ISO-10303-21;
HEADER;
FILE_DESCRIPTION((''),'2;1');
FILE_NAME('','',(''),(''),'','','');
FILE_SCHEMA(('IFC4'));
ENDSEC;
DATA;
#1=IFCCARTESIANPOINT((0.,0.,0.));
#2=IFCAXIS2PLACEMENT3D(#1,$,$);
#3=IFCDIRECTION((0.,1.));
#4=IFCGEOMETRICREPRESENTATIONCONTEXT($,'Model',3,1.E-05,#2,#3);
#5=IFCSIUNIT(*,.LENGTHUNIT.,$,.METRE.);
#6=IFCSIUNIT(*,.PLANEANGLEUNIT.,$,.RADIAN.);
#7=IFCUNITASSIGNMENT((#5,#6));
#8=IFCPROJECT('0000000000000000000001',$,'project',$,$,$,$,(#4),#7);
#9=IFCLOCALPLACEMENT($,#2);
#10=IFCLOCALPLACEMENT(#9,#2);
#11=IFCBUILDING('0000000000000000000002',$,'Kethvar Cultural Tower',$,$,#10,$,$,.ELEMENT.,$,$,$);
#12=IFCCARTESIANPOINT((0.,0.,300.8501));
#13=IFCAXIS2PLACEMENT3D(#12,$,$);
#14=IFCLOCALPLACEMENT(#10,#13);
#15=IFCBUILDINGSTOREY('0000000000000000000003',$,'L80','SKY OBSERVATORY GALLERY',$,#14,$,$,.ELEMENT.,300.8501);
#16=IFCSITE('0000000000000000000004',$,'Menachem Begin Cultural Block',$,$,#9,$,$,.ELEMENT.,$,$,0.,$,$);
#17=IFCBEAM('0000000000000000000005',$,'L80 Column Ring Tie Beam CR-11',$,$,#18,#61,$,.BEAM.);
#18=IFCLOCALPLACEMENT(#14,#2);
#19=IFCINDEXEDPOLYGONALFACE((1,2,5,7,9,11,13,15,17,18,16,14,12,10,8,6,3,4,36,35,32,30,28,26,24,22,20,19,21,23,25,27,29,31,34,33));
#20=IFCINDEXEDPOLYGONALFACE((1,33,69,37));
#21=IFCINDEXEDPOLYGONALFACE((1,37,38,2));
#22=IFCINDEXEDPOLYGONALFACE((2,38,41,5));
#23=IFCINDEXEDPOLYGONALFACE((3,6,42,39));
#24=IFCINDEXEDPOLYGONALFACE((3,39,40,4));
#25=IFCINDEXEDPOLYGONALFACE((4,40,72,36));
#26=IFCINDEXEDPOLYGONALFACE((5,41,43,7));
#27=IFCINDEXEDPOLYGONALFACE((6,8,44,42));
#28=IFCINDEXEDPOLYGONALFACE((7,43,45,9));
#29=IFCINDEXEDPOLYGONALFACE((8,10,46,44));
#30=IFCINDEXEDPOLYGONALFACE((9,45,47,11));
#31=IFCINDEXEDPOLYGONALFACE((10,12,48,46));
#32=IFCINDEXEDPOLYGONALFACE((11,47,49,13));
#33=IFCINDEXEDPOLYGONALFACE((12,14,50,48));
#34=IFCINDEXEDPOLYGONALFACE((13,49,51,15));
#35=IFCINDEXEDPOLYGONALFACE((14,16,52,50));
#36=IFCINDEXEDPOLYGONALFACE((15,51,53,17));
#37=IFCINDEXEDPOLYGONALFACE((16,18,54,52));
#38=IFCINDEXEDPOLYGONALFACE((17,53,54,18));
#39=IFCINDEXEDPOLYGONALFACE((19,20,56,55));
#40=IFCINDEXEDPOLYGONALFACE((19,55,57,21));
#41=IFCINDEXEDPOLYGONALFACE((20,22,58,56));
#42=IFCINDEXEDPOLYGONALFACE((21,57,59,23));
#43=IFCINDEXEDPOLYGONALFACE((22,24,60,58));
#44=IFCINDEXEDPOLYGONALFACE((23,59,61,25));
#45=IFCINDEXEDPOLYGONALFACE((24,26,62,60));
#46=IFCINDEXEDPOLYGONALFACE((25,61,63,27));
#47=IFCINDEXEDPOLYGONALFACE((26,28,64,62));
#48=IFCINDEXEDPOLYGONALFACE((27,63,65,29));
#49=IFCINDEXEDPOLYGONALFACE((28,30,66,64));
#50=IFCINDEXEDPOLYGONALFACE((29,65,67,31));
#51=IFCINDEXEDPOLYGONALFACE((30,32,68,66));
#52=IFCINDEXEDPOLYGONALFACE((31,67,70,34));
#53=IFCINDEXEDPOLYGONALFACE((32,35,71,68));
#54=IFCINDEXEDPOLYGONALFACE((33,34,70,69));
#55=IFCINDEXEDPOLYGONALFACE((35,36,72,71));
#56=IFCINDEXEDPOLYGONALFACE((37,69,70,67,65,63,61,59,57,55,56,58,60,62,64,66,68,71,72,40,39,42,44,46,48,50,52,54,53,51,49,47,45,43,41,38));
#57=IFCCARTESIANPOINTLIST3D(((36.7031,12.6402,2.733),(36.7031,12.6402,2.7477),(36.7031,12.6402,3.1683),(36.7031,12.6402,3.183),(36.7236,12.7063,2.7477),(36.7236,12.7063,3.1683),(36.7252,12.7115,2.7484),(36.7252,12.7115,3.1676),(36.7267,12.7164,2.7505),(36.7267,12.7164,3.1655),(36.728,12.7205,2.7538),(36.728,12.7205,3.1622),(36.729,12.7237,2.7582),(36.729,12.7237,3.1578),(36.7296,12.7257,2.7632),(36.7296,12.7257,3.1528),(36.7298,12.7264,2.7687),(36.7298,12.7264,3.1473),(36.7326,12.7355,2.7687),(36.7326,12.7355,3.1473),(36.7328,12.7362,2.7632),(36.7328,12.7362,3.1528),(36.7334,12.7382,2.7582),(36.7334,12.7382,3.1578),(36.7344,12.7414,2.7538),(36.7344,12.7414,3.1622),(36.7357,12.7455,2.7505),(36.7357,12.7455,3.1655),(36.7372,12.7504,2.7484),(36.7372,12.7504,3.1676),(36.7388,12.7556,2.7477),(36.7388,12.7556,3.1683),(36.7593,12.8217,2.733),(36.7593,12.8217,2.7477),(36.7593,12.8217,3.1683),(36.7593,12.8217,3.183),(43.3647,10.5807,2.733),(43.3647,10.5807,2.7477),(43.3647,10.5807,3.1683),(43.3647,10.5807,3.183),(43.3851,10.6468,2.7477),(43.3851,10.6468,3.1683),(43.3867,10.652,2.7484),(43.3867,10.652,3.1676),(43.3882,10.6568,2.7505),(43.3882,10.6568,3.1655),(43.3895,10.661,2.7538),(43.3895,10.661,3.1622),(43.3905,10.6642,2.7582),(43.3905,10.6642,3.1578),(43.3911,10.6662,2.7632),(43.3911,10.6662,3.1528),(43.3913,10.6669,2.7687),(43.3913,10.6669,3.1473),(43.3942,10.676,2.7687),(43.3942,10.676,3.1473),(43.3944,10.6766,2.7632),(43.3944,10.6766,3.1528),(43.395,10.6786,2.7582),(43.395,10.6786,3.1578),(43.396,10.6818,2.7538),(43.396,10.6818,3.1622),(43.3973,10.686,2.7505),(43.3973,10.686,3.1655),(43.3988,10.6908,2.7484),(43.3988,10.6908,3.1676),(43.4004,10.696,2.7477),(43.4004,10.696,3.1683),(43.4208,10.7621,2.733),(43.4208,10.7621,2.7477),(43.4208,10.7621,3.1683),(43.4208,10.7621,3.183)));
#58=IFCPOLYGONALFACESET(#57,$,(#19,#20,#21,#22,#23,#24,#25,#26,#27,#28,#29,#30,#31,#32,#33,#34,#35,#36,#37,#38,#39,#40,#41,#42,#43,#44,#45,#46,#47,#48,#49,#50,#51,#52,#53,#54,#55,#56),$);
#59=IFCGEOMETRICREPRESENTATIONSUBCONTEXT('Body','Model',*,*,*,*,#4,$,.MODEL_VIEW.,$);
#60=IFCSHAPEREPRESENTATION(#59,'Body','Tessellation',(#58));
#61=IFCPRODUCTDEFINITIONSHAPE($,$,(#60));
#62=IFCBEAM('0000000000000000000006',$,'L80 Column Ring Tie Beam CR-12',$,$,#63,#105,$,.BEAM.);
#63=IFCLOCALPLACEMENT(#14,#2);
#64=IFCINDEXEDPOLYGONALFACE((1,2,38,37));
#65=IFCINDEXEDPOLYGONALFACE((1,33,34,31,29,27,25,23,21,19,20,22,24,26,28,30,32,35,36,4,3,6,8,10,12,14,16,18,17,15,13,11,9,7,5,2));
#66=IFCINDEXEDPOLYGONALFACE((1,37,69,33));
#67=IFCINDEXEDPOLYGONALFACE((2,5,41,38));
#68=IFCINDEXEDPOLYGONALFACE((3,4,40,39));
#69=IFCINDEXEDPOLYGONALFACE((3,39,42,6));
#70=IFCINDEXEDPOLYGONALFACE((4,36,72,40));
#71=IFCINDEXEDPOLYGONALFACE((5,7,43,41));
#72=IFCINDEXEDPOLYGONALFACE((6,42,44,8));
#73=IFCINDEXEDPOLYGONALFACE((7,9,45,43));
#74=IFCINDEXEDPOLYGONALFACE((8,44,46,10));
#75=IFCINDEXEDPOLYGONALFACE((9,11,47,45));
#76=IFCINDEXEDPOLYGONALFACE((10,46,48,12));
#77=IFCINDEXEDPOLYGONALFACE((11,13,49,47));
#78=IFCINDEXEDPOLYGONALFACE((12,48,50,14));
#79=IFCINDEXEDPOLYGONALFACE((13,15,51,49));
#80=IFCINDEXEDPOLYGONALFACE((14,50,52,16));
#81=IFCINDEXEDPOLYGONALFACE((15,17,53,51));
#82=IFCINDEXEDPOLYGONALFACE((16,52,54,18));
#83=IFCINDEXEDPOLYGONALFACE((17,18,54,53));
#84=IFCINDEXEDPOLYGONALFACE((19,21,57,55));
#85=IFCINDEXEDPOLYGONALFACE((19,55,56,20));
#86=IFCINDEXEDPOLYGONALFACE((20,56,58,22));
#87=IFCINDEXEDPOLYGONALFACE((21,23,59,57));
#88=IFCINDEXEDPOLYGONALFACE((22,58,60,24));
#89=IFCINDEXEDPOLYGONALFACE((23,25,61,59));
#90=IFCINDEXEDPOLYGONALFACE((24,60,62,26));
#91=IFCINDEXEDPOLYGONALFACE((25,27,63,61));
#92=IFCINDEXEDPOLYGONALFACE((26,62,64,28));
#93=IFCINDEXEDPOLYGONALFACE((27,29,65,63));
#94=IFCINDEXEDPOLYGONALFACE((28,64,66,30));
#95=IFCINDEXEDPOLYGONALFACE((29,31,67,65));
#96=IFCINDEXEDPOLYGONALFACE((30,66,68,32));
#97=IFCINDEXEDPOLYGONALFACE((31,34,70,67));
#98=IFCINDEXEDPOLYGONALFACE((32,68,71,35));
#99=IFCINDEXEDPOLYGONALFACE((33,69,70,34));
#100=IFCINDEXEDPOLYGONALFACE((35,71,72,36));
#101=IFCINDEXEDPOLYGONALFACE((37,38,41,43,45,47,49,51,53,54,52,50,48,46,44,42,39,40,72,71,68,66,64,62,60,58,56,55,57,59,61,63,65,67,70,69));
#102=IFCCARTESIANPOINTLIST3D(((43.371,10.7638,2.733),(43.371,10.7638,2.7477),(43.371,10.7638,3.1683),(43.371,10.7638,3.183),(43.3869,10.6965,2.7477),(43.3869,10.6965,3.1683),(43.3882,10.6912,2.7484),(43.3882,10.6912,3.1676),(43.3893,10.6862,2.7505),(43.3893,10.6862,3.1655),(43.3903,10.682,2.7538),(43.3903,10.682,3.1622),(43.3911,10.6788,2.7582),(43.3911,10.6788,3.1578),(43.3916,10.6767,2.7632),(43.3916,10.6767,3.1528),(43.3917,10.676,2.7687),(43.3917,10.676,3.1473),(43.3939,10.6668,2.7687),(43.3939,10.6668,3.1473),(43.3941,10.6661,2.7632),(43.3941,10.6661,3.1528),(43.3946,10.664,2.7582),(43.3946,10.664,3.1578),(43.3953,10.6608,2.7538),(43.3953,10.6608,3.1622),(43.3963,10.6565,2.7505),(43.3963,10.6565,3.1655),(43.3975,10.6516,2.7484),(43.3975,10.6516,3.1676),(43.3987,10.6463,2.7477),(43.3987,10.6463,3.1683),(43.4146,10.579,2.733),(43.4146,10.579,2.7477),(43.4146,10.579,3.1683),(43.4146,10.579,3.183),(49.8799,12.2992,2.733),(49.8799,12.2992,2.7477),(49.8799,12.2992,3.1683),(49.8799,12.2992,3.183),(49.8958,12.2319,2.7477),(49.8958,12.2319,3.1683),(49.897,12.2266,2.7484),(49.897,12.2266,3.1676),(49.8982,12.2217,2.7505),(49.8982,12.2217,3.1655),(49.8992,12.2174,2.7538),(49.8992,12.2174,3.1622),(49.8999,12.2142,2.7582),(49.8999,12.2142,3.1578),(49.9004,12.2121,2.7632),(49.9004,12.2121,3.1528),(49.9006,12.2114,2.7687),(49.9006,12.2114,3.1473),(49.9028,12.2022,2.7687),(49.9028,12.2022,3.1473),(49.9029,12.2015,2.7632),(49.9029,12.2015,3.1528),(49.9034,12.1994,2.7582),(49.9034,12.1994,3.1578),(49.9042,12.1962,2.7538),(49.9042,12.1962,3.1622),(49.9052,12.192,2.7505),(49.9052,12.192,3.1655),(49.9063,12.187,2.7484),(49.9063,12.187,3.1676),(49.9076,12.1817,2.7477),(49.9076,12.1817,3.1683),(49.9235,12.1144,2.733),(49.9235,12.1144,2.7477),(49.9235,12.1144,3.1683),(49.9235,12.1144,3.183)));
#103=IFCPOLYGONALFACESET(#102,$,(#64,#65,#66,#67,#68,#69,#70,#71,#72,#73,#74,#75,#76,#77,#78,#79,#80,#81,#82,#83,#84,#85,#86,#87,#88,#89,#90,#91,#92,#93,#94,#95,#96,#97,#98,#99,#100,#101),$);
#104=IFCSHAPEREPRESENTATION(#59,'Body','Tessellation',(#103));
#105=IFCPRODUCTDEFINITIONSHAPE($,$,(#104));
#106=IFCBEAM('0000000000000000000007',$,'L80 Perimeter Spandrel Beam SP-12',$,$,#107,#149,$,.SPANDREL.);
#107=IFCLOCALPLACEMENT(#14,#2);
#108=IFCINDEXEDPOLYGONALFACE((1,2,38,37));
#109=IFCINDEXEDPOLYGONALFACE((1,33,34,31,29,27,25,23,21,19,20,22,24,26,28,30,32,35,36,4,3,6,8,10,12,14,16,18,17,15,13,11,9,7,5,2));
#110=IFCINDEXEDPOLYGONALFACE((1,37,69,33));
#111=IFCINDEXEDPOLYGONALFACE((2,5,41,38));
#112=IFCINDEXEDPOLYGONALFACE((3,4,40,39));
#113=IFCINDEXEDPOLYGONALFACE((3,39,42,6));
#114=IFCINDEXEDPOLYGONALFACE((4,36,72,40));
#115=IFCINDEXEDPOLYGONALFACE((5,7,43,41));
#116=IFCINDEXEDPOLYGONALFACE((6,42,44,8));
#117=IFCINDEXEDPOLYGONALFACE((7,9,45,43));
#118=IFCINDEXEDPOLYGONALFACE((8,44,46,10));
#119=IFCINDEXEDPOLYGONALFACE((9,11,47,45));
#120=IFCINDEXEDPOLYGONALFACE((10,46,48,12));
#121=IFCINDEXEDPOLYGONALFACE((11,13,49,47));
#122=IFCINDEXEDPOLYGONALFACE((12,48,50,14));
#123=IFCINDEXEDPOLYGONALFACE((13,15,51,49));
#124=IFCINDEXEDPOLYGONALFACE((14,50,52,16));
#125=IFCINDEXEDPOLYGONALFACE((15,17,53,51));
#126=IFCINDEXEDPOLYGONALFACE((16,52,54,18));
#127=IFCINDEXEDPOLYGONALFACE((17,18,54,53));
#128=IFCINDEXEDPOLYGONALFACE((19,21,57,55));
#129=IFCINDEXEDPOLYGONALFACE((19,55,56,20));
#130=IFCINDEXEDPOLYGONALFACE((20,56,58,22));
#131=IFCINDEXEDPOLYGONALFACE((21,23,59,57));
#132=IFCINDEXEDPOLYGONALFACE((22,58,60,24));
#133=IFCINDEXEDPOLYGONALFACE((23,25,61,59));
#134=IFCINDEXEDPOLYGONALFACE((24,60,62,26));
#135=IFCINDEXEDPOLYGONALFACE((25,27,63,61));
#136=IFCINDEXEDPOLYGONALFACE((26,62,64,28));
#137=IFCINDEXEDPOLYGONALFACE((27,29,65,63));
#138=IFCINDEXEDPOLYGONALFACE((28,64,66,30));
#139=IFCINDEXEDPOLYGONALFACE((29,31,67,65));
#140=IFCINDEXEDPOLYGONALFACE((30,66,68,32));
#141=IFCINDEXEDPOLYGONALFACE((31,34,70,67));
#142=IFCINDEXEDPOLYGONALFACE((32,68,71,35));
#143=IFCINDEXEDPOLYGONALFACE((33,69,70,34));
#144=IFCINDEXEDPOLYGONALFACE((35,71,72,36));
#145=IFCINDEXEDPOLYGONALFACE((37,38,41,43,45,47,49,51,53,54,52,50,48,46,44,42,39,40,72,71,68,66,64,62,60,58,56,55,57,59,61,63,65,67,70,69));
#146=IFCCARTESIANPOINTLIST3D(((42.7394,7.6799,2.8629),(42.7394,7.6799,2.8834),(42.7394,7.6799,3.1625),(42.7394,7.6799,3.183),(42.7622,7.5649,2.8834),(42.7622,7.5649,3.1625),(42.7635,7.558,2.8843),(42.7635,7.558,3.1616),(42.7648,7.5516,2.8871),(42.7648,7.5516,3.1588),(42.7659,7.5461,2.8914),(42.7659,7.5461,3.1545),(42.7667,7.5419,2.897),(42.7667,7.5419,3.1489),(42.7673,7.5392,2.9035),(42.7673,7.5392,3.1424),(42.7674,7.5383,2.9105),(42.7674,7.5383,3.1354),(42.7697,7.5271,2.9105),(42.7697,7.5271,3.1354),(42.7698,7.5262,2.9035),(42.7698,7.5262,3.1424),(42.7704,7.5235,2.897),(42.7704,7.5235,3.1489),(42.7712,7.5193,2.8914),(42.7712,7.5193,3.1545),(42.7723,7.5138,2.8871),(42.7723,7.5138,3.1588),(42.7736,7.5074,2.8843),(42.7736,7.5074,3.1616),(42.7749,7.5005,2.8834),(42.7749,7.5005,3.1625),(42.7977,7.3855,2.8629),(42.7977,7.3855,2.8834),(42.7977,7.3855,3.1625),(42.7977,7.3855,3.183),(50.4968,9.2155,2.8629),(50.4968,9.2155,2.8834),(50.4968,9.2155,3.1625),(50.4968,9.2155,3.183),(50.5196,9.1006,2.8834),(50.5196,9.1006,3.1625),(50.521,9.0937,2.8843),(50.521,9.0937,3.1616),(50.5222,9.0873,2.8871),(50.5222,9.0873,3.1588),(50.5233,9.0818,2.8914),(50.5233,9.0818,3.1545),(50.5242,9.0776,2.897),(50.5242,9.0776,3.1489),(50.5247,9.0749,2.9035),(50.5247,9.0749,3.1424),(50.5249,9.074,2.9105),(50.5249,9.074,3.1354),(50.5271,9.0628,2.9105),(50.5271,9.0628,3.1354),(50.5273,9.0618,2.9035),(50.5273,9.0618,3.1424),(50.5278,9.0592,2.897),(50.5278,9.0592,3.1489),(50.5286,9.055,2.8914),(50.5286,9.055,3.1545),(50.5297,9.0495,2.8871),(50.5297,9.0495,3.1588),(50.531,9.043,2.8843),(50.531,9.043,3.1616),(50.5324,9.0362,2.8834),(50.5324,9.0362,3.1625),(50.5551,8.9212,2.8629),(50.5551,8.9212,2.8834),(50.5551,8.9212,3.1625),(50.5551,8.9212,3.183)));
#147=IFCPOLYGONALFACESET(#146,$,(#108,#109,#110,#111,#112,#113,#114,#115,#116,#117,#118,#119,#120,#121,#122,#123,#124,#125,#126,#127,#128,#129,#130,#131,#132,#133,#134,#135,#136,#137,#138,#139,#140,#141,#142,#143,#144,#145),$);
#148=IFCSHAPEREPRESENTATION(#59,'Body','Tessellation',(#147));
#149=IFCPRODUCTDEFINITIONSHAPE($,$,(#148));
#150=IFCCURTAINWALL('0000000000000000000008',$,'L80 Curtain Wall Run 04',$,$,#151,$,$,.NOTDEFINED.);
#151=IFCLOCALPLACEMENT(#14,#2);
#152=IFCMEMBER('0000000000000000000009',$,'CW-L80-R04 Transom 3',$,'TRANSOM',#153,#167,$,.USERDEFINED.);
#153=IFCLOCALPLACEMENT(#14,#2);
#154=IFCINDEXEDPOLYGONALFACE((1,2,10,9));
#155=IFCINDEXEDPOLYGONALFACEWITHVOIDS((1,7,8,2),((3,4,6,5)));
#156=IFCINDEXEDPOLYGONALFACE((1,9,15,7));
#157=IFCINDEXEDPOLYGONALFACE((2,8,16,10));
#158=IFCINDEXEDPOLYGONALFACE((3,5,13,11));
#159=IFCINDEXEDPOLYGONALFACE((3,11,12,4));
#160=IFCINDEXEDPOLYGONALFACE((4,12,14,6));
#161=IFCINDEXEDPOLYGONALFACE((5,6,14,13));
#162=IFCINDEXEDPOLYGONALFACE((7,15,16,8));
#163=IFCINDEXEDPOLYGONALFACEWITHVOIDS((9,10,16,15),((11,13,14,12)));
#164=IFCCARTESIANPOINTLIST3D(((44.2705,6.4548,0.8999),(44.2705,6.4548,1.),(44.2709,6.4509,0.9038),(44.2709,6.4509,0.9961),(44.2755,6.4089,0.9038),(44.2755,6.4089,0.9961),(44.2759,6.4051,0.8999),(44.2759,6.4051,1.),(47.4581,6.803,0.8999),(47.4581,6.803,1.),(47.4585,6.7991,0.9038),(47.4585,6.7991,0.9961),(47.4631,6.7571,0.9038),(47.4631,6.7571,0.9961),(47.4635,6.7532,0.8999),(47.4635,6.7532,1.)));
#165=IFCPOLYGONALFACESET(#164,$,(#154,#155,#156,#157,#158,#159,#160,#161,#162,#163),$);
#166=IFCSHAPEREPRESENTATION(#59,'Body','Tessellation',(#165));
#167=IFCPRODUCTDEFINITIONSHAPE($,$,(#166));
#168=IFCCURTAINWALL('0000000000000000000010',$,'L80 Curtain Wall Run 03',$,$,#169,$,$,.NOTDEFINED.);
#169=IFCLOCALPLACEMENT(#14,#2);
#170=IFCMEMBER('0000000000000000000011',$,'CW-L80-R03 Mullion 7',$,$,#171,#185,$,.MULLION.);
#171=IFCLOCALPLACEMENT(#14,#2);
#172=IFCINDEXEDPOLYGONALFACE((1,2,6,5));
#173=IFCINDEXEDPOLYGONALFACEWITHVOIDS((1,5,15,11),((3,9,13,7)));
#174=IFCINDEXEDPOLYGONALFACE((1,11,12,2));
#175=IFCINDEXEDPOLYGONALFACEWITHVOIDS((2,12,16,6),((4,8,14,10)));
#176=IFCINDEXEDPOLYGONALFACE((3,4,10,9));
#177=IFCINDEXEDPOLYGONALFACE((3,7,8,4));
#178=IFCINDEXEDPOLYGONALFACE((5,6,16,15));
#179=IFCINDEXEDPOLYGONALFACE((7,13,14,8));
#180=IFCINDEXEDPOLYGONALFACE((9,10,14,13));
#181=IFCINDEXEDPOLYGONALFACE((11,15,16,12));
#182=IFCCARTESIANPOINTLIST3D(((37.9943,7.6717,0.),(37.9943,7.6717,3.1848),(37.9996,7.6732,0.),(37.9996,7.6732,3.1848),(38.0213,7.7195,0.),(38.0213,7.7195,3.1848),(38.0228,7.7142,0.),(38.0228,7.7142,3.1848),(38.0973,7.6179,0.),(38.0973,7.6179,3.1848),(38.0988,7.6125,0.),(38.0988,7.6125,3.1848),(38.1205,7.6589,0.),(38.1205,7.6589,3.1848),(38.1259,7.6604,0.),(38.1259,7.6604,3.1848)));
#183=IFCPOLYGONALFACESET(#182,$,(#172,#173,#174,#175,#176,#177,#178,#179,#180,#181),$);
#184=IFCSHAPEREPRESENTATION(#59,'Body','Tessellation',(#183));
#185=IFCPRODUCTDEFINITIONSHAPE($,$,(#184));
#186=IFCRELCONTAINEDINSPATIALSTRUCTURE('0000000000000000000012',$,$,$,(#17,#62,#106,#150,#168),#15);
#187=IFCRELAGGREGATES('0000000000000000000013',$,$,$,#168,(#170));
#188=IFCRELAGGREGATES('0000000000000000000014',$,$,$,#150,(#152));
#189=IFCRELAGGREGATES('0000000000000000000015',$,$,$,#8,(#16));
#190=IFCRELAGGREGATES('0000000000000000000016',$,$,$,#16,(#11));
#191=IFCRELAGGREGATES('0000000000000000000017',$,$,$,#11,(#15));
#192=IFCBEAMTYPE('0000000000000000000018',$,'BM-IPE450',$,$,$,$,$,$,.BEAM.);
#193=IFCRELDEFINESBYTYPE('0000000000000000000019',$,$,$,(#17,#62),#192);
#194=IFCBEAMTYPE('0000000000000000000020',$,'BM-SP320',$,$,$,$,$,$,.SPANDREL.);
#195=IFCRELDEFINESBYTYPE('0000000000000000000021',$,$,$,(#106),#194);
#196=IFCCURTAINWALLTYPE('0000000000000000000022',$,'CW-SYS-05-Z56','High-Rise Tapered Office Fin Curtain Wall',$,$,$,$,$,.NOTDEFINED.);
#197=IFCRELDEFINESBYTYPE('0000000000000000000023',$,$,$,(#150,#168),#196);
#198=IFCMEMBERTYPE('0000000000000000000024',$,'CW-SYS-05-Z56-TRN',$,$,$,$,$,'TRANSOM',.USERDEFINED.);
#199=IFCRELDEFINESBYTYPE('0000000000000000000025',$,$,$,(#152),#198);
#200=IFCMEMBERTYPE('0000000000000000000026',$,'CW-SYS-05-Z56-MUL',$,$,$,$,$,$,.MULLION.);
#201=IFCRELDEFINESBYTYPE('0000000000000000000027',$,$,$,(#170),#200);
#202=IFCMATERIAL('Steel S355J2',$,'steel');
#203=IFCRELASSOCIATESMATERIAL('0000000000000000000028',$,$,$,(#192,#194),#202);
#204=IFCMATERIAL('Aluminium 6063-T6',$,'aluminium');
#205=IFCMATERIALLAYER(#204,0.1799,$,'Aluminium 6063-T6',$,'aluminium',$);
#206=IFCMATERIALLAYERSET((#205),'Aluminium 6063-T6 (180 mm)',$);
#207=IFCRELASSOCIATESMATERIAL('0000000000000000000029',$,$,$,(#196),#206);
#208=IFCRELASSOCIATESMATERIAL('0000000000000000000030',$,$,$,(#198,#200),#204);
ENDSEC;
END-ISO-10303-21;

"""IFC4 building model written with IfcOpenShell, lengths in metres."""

from ifc_helpers import new_model, si_unit, direction, frame, origin, origin_2d, place, context, subcontext, project, spatial, hollow_rectangle, i_section, extrude, source, transform, mapped, material, layer, layer_set, material_profile, profile_set, type_object, element, aggregate, save


model = new_model("IFC4")

# Units and contexts
model_context = context("Model", 3, precision=1e-05, world=origin(), true_north=direction((0.0, 1.0)))
body_context = subcontext(model_context, "Body", "Model", "MODEL_VIEW")
ifc_project = project(units=[si_unit("LENGTHUNIT", "METRE"), si_unit("PLANEANGLEUNIT", "RADIAN")], contexts=[model_context])

# Site, building, storey
site_placement = place(None, origin())
site = spatial("IfcSite", under=ifc_project, at=site_placement, Name="Menachem Begin Cultural Block", CompositionType="ELEMENT", RefElevation=0.0)
building_placement = place(site_placement, origin())
building = spatial("IfcBuilding", under=site, at=building_placement, Name="Kethvar Cultural Tower", CompositionType="ELEMENT")
storey_placement = place(building_placement, frame((0.0, 0.0, 300.8501)))
storey = spatial("IfcBuildingStorey", under=building, at=storey_placement, Name="L80", Description="SKY OBSERVATORY GALLERY", CompositionType="ELEMENT", Elevation=300.8501)

# Shared definitions
ifc_material_1 = material(Name="Steel S355J2", Category="steel")

# Beams
ifc_material_profile_1 = material_profile(ifc_material_1, i_section(OverallWidth=0.1899, OverallDepth=0.45, WebThickness=0.0095, FlangeThickness=0.0146, FilletRadius=0.021, at=origin_2d()), Name="Steel S355J2 — IPE450")
ifc_profile_set_1 = profile_set([ifc_material_profile_1], Name="Steel S355J2 — IPE450")
beam_type_1 = type_object("IfcBeamType", Name="BM-IPE450", PredefinedType="BEAM", material=ifc_profile_set_1)
shared_shape_1 = source(origin(), body_context, "Body", "SweptSolid", [
    extrude(i_section(OverallWidth=0.1899, OverallDepth=0.45, WebThickness=0.0095, FlangeThickness=0.0146, FilletRadius=0.021, at=origin_2d()), origin(), (0.0, 0.0, 1.0), 6.9727),
])
beam_1_placement = place(storey_placement, frame((36.7312, 12.731, 2.958), z_axis=(0.955381, -0.295375, 0.0), x_axis=(0.295375, 0.955381, 0.0)))
element("IfcBeam", 1, at=beam_1_placement, inside=storey, type_object=beam_type_1, Name="L80 Column Ring Tie Beam CR-11", PredefinedType="BEAM", context=body_context, shape_type="MappedRepresentation", body=[
    mapped(shared_shape_1, transform((0.0, 0.0, 0.0), scale=1.0)),
])
shared_shape_2 = source(origin(), body_context, "Body", "SweptSolid", [
    extrude(i_section(OverallWidth=0.1899, OverallDepth=0.45, WebThickness=0.0095, FlangeThickness=0.0146, FilletRadius=0.021, at=origin_2d()), origin(), (0.0, 0.0, 1.0), 6.6875),
])
beam_2_placement = place(storey_placement, frame((43.3928, 10.6714, 2.958), z_axis=(0.973286, 0.229595, 0.0), x_axis=(-0.229595, 0.973286, 0.0)))
element("IfcBeam", 2, at=beam_2_placement, inside=storey, type_object=beam_type_1, Name="L80 Column Ring Tie Beam CR-12", PredefinedType="BEAM", context=body_context, shape_type="MappedRepresentation", body=[
    mapped(shared_shape_2, transform((0.0, 0.0, 0.0), scale=1.0)),
])
ifc_material_profile_2 = material_profile(ifc_material_1, i_section(OverallWidth=0.3, OverallDepth=0.3201, WebThickness=0.0115, FlangeThickness=0.0205, FilletRadius=0.0271, at=origin_2d()), Name="Steel S355J2 — HEB320")
ifc_profile_set_2 = profile_set([ifc_material_profile_2], Name="Steel S355J2 — HEB320")
beam_type_2 = type_object("IfcBeamType", Name="BM-SP320", PredefinedType="SPANDREL", material=ifc_profile_set_2)
shared_shape_3 = source(origin(), body_context, "Body", "SweptSolid", [
    extrude(i_section(OverallWidth=0.3, OverallDepth=0.3201, WebThickness=0.0115, FlangeThickness=0.0205, FilletRadius=0.0271, at=origin_2d()), origin(), (0.0, 0.0, 1.0), 7.908),
])
beam_3_placement = place(storey_placement, frame((42.7686, 7.5327, 3.0229), z_axis=(0.980964, 0.194192, 0.0), x_axis=(-0.194192, 0.980964, 0.0)))
element("IfcBeam", 3, at=beam_3_placement, inside=storey, type_object=beam_type_2, Name="L80 Perimeter Spandrel Beam SP-12", PredefinedType="SPANDREL", context=body_context, shape_type="MappedRepresentation", body=[
    mapped(shared_shape_3, transform((0.0, 0.0, 0.0), scale=1.0)),
])

# Curtain walls, members
ifc_material_2 = material(Name="Aluminium 6063-T6", Category="aluminium")
ifc_layer_1 = layer(ifc_material_2, 0.1799, Name="Aluminium 6063-T6", Category="aluminium")
ifc_layer_set_1 = layer_set([ifc_layer_1], Name="Aluminium 6063-T6 (180 mm)")
curtain_wall_type = type_object("IfcCurtainWallType", Name="CW-SYS-05-Z56", Description="High-Rise Tapered Office Fin Curtain Wall", PredefinedType="NOTDEFINED", material=ifc_layer_set_1)
curtain_wall_1_placement = place(storey_placement, origin())
curtain_wall_1 = element("IfcCurtainWall", 4, at=curtain_wall_1_placement, inside=storey, type_object=curtain_wall_type, Name="L80 Curtain Wall Run 04", PredefinedType="NOTDEFINED")
ifc_material_profile_3 = material_profile(ifc_material_2, hollow_rectangle(XDim=0.05, YDim=0.1001, WallThickness=0.0039, at=origin_2d()), Name="Aluminium 6063-T6 — RHS100x50x4")
ifc_profile_set_3 = profile_set([ifc_material_profile_3], Name="Aluminium 6063-T6 — RHS100x50x4")
member_type_1 = type_object("IfcMemberType", Name="CW-SYS-05-Z56-TRN", ElementType="TRANSOM", PredefinedType="USERDEFINED", material=ifc_profile_set_3)
shared_shape_4 = source(origin(), body_context, "Body", "SweptSolid", [
    extrude(hollow_rectangle(XDim=0.05, YDim=0.1001, WallThickness=0.0039, at=origin_2d()), origin(), (0.0, 0.0, 1.0), 3.2065),
])
member_1_placement = place(storey_placement, frame((44.2732, 6.4299, 0.95), z_axis=(0.994088, 0.108576, 0.0), x_axis=(-0.108576, 0.994088, 0.0)))
member_1 = element("IfcMember", 5, at=member_1_placement, type_object=member_type_1, Name="CW-L80-R04 Transom 3", ObjectType="TRANSOM", PredefinedType="USERDEFINED", context=body_context, shape_type="MappedRepresentation", body=[
    mapped(shared_shape_4, transform((0.0, 0.0, 0.0), scale=1.0)),
])
curtain_wall_2_placement = place(storey_placement, origin())
curtain_wall_2 = element("IfcCurtainWall", 6, at=curtain_wall_2_placement, inside=storey, type_object=curtain_wall_type, Name="L80 Curtain Wall Run 03", PredefinedType="NOTDEFINED")
ifc_material_profile_4 = material_profile(ifc_material_2, hollow_rectangle(XDim=0.0549, YDim=0.1201, WallThickness=0.0039, at=origin_2d()), Name="Aluminium 6063-T6 — RHS120x55x4")
ifc_profile_set_4 = profile_set([ifc_material_profile_4], Name="Aluminium 6063-T6 — RHS120x55x4")
member_type_2 = type_object("IfcMemberType", Name="CW-SYS-05-Z56-MUL", PredefinedType="MULLION", material=ifc_profile_set_4)
shared_shape_5 = source(origin(), body_context, "Body", "SweptSolid", [
    extrude(hollow_rectangle(XDim=0.0549, YDim=0.1201, WallThickness=0.0039, at=origin_2d()), origin(), (0.0, 0.0, 1.0), 3.1848),
])
member_2_placement = place(storey_placement, frame((38.0601, 7.666, 0.0), z_axis=(0.0, 0.0, 1.0), x_axis=(0.492302, 0.870424, 0.0)))
member_2 = element("IfcMember", 7, at=member_2_placement, type_object=member_type_2, Name="CW-L80-R03 Mullion 7", PredefinedType="MULLION", context=body_context, shape_type="MappedRepresentation", body=[
    mapped(shared_shape_5, transform((0.0, 0.0, 0.0), scale=1.0)),
])

aggregate(curtain_wall_2, [member_2])
aggregate(curtain_wall_1, [member_1])

save(model, "model.ifc")
